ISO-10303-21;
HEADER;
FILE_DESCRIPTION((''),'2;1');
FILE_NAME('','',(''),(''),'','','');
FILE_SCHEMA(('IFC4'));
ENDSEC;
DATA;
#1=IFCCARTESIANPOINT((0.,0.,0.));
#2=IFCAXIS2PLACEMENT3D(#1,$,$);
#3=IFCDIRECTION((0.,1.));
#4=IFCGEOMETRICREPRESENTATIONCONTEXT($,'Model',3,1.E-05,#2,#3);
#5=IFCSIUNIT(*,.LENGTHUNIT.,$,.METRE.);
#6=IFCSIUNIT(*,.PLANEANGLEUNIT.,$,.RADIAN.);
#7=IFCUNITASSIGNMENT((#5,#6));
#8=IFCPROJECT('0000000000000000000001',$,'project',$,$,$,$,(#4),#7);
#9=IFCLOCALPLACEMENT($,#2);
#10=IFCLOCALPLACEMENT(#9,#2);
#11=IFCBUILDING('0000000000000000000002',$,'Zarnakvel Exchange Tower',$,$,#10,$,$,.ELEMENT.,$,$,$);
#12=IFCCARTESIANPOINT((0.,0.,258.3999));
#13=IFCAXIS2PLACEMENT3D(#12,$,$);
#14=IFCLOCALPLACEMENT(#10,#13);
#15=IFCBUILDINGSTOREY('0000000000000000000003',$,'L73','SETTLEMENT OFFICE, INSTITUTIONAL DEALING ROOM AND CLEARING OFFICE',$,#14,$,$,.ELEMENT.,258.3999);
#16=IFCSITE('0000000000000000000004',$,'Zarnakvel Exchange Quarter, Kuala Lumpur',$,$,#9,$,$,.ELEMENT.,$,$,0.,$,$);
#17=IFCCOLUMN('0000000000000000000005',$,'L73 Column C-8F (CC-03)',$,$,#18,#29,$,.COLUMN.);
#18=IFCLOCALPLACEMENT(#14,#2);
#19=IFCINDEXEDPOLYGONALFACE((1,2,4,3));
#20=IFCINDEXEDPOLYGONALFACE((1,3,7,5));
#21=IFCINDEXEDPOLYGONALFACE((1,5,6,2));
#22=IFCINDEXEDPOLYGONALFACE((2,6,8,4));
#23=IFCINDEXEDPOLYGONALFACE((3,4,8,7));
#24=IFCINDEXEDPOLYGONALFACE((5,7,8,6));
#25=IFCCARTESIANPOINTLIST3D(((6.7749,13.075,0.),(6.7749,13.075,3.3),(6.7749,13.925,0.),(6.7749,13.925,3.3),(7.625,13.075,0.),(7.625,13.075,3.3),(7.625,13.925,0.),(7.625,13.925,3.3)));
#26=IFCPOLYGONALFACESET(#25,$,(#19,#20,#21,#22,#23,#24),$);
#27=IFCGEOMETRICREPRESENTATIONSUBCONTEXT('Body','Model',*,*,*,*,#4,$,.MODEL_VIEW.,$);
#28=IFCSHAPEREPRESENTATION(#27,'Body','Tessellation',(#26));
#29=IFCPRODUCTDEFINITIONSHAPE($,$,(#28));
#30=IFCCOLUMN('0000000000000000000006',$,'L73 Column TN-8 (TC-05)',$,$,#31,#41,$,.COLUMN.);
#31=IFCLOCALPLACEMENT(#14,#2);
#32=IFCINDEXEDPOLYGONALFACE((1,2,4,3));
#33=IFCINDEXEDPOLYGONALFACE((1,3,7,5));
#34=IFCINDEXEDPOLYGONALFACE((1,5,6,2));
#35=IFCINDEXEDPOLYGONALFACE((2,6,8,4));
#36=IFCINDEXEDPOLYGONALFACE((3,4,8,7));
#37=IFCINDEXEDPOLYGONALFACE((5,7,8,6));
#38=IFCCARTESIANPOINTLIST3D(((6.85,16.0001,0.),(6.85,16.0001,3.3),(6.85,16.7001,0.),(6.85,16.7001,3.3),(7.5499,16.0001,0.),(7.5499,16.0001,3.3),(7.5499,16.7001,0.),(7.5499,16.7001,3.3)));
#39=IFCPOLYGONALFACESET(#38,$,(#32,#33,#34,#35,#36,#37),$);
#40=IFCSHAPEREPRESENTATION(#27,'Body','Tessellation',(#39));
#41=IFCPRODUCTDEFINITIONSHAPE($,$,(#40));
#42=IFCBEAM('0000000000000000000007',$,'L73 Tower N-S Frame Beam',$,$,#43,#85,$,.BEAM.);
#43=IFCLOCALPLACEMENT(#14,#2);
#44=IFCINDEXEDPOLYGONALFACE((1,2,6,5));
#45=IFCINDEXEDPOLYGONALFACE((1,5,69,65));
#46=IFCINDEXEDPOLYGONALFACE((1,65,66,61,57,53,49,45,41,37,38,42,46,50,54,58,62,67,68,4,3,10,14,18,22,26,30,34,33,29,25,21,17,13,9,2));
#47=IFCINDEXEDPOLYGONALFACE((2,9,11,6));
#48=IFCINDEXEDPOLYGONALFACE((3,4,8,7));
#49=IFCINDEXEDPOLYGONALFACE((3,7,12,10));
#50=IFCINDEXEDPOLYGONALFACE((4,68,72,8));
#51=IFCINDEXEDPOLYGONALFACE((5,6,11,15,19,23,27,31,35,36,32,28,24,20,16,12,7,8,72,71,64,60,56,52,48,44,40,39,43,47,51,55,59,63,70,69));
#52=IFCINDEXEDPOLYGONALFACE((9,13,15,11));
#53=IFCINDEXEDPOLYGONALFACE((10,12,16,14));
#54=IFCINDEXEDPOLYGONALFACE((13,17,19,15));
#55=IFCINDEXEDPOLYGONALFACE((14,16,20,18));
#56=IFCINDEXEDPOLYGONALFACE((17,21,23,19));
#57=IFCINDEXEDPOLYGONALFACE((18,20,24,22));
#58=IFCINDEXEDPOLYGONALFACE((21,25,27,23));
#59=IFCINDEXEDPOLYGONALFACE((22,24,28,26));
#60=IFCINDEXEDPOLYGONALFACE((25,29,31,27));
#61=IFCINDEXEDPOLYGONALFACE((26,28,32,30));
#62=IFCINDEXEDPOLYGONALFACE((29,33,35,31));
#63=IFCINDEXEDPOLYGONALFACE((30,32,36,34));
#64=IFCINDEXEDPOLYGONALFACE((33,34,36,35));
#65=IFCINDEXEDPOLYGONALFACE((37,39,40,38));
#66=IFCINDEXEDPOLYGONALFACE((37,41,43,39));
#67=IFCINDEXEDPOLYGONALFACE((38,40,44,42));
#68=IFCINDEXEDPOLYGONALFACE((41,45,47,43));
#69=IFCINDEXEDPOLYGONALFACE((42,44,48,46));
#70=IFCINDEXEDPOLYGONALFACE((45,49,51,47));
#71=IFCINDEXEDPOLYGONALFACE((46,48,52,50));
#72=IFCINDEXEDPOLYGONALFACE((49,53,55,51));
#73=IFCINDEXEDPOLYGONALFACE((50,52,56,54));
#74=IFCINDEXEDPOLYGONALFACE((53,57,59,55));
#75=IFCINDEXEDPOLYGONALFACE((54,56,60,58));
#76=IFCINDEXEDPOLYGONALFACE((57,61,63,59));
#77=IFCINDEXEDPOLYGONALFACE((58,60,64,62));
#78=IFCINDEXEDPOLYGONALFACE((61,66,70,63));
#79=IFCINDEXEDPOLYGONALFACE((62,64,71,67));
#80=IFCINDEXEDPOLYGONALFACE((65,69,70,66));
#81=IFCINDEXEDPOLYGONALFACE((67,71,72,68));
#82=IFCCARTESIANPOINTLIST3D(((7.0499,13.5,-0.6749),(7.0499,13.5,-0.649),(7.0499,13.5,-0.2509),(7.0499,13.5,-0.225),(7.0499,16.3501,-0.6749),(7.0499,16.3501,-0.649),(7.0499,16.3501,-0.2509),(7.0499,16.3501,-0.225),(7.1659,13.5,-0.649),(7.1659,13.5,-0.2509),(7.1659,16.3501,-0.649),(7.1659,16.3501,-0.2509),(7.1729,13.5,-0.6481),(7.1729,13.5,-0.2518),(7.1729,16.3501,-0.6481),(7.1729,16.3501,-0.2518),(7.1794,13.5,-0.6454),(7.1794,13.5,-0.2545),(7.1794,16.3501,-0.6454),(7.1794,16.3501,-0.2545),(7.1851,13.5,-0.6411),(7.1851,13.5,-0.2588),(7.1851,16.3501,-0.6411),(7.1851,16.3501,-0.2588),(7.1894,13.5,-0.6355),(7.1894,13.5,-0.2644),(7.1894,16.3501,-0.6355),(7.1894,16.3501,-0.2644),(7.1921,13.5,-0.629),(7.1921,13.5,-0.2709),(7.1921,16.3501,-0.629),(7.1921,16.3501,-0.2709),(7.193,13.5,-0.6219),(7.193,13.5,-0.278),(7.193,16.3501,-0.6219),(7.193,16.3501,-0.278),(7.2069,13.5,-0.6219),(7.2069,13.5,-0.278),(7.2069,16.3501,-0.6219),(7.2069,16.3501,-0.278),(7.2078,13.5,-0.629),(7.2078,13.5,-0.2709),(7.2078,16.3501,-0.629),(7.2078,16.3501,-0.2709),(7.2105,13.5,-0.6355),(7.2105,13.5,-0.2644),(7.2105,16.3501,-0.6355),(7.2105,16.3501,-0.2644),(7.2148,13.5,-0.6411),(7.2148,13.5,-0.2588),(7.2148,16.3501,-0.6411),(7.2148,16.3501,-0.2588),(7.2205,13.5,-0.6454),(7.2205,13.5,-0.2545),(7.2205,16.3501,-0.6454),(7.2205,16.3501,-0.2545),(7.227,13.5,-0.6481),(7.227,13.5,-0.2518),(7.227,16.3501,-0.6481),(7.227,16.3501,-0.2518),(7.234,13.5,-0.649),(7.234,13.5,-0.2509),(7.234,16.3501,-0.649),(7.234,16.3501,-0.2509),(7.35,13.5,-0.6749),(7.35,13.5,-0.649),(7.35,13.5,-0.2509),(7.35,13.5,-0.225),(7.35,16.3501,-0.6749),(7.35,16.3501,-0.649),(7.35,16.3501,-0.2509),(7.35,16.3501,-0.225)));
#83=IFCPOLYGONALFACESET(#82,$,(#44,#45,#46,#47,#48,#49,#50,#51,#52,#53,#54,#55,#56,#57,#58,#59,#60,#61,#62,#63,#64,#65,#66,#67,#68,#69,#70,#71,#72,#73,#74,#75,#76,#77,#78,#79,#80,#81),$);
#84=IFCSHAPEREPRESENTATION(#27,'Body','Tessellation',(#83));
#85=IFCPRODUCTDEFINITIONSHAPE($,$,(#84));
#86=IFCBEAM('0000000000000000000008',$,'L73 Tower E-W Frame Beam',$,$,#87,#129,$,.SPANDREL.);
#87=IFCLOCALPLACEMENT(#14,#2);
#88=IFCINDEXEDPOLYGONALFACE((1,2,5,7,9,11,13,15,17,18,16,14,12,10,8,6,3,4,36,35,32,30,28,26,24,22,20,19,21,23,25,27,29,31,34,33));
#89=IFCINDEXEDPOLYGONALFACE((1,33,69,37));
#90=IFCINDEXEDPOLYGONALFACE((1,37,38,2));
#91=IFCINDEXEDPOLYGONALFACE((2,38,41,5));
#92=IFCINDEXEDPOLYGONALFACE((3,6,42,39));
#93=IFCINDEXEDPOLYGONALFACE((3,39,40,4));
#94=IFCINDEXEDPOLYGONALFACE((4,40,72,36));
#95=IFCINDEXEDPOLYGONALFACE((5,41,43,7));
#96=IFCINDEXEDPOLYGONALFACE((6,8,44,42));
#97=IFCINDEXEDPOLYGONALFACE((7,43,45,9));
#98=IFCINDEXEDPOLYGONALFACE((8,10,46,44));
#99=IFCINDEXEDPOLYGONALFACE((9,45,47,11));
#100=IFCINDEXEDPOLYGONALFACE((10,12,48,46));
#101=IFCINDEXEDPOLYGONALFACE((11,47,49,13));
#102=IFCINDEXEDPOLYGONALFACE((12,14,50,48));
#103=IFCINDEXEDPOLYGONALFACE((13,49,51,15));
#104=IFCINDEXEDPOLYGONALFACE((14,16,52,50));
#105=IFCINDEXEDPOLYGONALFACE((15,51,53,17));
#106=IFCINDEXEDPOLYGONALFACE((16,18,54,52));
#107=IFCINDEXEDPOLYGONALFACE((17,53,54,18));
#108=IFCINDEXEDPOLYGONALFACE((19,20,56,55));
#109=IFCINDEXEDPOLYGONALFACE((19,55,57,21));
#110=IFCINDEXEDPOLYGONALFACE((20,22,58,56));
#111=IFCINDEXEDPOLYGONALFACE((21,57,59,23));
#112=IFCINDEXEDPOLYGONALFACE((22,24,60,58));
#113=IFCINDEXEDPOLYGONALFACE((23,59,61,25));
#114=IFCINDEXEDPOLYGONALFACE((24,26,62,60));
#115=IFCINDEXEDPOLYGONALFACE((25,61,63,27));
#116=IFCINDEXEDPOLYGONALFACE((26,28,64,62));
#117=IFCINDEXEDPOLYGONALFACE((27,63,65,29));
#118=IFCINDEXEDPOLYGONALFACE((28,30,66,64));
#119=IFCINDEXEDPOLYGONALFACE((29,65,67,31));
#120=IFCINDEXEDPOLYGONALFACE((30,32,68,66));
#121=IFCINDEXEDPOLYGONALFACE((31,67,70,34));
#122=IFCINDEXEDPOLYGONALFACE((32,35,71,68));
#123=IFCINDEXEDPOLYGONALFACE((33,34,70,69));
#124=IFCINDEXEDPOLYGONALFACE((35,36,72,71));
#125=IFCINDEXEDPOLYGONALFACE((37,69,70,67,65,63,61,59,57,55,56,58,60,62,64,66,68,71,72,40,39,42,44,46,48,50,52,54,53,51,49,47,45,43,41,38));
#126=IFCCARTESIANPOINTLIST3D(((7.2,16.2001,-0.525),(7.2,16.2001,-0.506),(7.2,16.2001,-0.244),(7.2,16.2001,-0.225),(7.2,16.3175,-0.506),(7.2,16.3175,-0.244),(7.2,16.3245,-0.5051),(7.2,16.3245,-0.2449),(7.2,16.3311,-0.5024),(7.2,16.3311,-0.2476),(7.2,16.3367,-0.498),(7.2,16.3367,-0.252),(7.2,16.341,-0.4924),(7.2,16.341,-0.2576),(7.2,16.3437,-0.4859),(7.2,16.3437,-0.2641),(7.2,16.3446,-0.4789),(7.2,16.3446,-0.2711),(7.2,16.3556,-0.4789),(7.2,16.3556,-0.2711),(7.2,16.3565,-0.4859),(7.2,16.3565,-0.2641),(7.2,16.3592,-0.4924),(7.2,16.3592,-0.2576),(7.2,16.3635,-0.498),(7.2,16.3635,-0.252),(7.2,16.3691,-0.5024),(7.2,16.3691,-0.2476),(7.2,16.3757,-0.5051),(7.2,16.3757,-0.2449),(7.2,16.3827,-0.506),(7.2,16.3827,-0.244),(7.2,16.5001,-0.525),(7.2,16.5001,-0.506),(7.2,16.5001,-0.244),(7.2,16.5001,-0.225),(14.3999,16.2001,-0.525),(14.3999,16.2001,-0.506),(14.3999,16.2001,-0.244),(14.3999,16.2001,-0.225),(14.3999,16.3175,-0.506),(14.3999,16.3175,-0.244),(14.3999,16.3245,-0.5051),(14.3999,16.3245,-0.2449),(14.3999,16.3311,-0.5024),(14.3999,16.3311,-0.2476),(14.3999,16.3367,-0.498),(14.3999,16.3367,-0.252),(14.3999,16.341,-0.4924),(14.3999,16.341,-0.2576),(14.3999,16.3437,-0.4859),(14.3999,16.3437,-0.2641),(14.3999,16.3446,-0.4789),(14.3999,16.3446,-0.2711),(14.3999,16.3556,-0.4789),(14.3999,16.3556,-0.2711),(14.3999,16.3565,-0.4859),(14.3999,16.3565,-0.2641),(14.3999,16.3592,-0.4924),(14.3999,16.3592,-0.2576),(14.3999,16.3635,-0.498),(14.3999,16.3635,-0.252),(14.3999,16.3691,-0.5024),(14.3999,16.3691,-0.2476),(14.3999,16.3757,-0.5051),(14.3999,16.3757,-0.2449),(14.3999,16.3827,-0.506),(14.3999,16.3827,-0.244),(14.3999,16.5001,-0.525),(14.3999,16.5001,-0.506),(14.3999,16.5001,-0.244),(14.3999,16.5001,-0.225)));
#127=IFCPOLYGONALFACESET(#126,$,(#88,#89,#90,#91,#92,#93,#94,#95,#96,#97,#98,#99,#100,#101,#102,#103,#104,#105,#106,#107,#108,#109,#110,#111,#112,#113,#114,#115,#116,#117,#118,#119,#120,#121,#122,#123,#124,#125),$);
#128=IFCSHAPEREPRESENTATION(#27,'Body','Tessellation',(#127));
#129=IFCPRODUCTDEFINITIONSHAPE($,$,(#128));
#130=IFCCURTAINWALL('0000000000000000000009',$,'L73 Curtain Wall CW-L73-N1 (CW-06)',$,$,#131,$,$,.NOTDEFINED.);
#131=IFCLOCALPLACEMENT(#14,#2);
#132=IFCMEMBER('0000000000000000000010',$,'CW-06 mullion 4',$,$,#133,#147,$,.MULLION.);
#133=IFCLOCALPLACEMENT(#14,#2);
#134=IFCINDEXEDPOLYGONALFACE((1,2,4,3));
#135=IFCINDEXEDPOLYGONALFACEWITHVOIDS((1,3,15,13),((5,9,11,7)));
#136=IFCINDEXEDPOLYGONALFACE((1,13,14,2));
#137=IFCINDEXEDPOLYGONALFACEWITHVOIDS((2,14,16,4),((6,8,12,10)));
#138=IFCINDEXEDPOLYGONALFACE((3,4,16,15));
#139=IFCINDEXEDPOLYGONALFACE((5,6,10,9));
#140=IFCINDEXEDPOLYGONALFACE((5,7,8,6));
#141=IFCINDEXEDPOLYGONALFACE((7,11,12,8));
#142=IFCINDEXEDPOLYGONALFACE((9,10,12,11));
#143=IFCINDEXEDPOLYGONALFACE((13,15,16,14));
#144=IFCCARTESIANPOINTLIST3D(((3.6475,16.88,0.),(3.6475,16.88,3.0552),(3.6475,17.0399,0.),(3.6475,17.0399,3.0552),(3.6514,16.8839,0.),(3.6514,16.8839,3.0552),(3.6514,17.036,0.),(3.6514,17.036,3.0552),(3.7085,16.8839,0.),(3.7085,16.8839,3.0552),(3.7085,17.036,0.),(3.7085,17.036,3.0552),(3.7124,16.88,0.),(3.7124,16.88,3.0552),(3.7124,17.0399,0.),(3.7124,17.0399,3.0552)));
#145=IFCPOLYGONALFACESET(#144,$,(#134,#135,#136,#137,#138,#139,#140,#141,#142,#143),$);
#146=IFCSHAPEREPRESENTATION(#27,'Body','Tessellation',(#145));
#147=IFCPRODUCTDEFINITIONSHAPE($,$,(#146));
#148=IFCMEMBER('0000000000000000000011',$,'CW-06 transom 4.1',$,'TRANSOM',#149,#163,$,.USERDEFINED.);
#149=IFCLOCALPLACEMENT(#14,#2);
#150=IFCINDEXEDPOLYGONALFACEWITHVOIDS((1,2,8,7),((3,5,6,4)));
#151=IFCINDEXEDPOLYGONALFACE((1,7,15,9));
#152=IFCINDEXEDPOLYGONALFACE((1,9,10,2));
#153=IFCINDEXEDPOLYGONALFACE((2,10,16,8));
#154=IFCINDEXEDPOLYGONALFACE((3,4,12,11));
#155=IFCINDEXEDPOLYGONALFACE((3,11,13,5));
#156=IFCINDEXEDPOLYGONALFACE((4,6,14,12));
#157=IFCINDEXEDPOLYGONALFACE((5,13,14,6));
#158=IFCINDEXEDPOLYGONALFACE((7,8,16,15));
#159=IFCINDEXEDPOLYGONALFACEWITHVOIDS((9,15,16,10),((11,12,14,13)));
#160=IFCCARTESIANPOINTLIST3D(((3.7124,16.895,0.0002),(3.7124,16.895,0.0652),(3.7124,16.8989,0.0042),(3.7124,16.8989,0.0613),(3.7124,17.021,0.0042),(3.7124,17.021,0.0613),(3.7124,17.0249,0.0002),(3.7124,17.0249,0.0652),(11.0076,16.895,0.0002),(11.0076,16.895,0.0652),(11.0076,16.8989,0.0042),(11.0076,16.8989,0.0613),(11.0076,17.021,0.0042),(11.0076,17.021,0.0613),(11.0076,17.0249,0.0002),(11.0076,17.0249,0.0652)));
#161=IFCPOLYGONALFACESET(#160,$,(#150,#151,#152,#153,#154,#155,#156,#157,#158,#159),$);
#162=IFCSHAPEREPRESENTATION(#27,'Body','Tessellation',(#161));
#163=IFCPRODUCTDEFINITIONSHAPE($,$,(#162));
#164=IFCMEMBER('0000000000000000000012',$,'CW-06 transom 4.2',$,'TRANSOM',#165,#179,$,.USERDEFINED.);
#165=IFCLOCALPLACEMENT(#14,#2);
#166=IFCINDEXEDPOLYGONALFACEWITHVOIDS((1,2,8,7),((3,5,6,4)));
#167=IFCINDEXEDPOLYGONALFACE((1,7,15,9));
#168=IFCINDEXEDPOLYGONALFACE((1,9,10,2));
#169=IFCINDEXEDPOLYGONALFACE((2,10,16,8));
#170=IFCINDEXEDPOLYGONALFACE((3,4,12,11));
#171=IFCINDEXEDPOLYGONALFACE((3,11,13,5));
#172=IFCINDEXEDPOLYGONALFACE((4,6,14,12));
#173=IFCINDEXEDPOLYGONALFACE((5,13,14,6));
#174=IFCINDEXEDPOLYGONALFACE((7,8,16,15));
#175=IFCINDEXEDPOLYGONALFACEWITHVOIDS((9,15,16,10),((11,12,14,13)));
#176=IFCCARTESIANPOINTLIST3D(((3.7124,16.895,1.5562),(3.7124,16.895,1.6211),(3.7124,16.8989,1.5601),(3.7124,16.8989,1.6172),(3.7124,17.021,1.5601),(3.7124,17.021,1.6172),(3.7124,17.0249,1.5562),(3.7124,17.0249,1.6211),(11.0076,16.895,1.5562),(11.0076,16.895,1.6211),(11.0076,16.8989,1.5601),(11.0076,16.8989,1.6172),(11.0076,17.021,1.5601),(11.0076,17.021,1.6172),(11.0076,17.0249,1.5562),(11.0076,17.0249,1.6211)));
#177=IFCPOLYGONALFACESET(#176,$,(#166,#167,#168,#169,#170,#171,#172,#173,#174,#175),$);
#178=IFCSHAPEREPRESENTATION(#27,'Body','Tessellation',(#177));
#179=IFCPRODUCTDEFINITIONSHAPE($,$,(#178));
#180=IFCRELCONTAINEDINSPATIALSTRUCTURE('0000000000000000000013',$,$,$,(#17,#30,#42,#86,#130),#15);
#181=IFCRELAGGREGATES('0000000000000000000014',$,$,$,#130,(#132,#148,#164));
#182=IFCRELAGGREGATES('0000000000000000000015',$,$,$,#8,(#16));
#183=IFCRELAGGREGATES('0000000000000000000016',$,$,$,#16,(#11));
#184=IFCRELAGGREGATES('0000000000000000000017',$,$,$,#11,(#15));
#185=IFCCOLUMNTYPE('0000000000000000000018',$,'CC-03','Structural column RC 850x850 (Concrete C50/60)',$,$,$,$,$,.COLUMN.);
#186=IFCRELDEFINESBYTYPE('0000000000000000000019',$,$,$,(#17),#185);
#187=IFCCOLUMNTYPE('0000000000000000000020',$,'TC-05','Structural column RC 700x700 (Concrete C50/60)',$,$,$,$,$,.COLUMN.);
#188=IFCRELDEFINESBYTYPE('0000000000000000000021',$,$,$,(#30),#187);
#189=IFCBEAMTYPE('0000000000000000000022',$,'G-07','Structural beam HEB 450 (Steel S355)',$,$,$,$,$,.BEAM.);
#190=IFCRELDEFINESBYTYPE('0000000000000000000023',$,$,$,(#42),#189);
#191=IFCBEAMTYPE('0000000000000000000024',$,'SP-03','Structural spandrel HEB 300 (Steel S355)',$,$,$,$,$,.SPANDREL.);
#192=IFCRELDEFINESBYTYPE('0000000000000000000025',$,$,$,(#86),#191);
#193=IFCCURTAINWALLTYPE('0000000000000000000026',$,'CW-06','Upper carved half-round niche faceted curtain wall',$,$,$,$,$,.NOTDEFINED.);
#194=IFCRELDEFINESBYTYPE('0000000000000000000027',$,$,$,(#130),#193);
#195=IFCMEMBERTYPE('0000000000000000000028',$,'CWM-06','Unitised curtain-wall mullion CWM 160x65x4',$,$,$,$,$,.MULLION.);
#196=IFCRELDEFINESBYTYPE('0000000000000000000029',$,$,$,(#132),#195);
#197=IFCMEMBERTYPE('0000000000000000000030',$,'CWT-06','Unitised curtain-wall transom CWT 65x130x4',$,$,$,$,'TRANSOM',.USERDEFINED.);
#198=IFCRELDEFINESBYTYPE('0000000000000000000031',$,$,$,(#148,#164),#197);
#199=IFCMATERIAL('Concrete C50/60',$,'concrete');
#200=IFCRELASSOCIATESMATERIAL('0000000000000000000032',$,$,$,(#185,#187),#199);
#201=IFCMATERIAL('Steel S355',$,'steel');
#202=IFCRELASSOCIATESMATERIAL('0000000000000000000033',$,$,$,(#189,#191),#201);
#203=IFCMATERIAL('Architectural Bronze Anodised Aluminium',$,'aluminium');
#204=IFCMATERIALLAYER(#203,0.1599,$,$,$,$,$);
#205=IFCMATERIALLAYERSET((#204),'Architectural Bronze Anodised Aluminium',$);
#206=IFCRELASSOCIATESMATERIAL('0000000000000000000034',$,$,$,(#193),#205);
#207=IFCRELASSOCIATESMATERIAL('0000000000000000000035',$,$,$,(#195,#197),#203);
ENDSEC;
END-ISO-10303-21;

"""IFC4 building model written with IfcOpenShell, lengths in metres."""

from ifc_helpers import new_model, si_unit, direction, frame, origin, origin_2d, place, context, subcontext, project, spatial, rectangle, hollow_rectangle, i_section, extrude, source, transform, mapped, material, layer, layer_set, material_profile, profile_set, type_object, element, aggregate, save


model = new_model("IFC4")

# Units and contexts
model_context = context("Model", 3, precision=1e-05, world=origin(), true_north=direction((0.0, 1.0)))
body_context = subcontext(model_context, "Body", "Model", "MODEL_VIEW")
ifc_project = project(units=[si_unit("LENGTHUNIT", "METRE"), si_unit("PLANEANGLEUNIT", "RADIAN")], contexts=[model_context])

# Site, building, storey
site_placement = place(None, origin())
site = spatial("IfcSite", under=ifc_project, at=site_placement, Name="Zarnakvel Exchange Quarter, Kuala Lumpur", CompositionType="ELEMENT", RefElevation=0.0)
building_placement = place(site_placement, origin())
building = spatial("IfcBuilding", under=site, at=building_placement, Name="Zarnakvel Exchange Tower", CompositionType="ELEMENT")
storey_placement = place(building_placement, frame((0.0, 0.0, 258.3999)))
storey = spatial("IfcBuildingStorey", under=building, at=storey_placement, Name="L73", Description="SETTLEMENT OFFICE, INSTITUTIONAL DEALING ROOM AND CLEARING OFFICE", CompositionType="ELEMENT", Elevation=258.3999)

# Columns
ifc_material_1 = material(Name="Concrete C50/60", Category="concrete")
ifc_material_profile_1 = material_profile(ifc_material_1, rectangle(XDim=0.8501, YDim=0.8501, at=origin_2d()))
ifc_profile_set_1 = profile_set([ifc_material_profile_1], Name="Concrete C50/60")
column_type_1 = type_object("IfcColumnType", Name="CC-03", Description="Structural column RC 850x850 (Concrete C50/60)", PredefinedType="COLUMN", material=ifc_profile_set_1)
column_1_placement = place(storey_placement, frame((7.2, 13.5, 0.0), z_axis=(0.0, 0.0, 1.0), x_axis=(1.0, 0.0, 0.0)))
element("IfcColumn", 1, at=column_1_placement, inside=storey, type_object=column_type_1, Name="L73 Column C-8F (CC-03)", PredefinedType="COLUMN", context=body_context, shape_type="SweptSolid", body=[
    extrude(rectangle(XDim=0.8501, YDim=0.8501, at=origin_2d()), origin(), (0.0, 0.0, 1.0), 3.3),
])
ifc_material_profile_2 = material_profile(ifc_material_1, rectangle(XDim=0.7, YDim=0.7, at=origin_2d()))
ifc_profile_set_2 = profile_set([ifc_material_profile_2], Name="Concrete C50/60")
column_type_2 = type_object("IfcColumnType", Name="TC-05", Description="Structural column RC 700x700 (Concrete C50/60)", PredefinedType="COLUMN", material=ifc_profile_set_2)
column_2_placement = place(storey_placement, frame((7.2, 16.3501, 0.0), z_axis=(0.0, 0.0, 1.0), x_axis=(1.0, 0.0, 0.0)))
element("IfcColumn", 2, at=column_2_placement, inside=storey, type_object=column_type_2, Name="L73 Column TN-8 (TC-05)", PredefinedType="COLUMN", context=body_context, shape_type="SweptSolid", body=[
    extrude(rectangle(XDim=0.7, YDim=0.7, at=origin_2d()), origin(), (0.0, 0.0, 1.0), 3.3),
])

# Beams
ifc_material_2 = material(Name="Steel S355", Category="steel")
ifc_material_profile_3 = material_profile(ifc_material_2, i_section(OverallWidth=0.3, OverallDepth=0.45, WebThickness=0.0139, FlangeThickness=0.0259, FilletRadius=0.0271, at=origin_2d()))
ifc_profile_set_3 = profile_set([ifc_material_profile_3], Name="Steel S355")
beam_type_1 = type_object("IfcBeamType", Name="G-07", Description="Structural beam HEB 450 (Steel S355)", PredefinedType="BEAM", material=ifc_profile_set_3)
beam_1_placement = place(storey_placement, frame((7.2, 13.5, -0.45), z_axis=(0.0, 1.0, 0.0), x_axis=(-1.0, 0.0, 0.0)))
element("IfcBeam", 3, at=beam_1_placement, inside=storey, type_object=beam_type_1, Name="L73 Tower N-S Frame Beam", PredefinedType="BEAM", context=body_context, shape_type="SweptSolid", body=[
    extrude(i_section(OverallWidth=0.3, OverallDepth=0.45, WebThickness=0.0139, FlangeThickness=0.0259, FilletRadius=0.0271, at=origin_2d()), origin(), (0.0, 0.0, 1.0), 2.8501),
])
ifc_material_profile_4 = material_profile(ifc_material_2, i_section(OverallWidth=0.3, OverallDepth=0.3, WebThickness=0.011, FlangeThickness=0.019, FilletRadius=0.0271, at=origin_2d()))
ifc_profile_set_4 = profile_set([ifc_material_profile_4], Name="Steel S355")
beam_type_2 = type_object("IfcBeamType", Name="SP-03", Description="Structural spandrel HEB 300 (Steel S355)", PredefinedType="SPANDREL", material=ifc_profile_set_4)
beam_2_placement = place(storey_placement, frame((7.2, 16.3501, -0.375), z_axis=(1.0, 0.0, 0.0), x_axis=(0.0, 1.0, 0.0)))
element("IfcBeam", 4, at=beam_2_placement, inside=storey, type_object=beam_type_2, Name="L73 Tower E-W Frame Beam", PredefinedType="SPANDREL", context=body_context, shape_type="SweptSolid", body=[
    extrude(i_section(OverallWidth=0.3, OverallDepth=0.3, WebThickness=0.011, FlangeThickness=0.019, FilletRadius=0.0271, at=origin_2d()), origin(), (0.0, 0.0, 1.0), 7.2),
])

# Curtain wall, members
ifc_material_3 = material(Name="Architectural Bronze Anodised Aluminium", Category="aluminium")
ifc_layer_1 = layer(ifc_material_3, 0.1599)
ifc_layer_set_1 = layer_set([ifc_layer_1], Name="Architectural Bronze Anodised Aluminium")
curtain_wall_type = type_object("IfcCurtainWallType", Name="CW-06", Description="Upper carved half-round niche faceted curtain wall", PredefinedType="NOTDEFINED", material=ifc_layer_set_1)
curtain_wall_placement = place(storey_placement, origin())
curtain_wall = element("IfcCurtainWall", 5, at=curtain_wall_placement, inside=storey, type_object=curtain_wall_type, Name="L73 Curtain Wall CW-L73-N1 (CW-06)", PredefinedType="NOTDEFINED")
ifc_material_profile_5 = material_profile(ifc_material_3, hollow_rectangle(XDim=0.1599, YDim=0.0649, WallThickness=0.0039, at=origin_2d()))
ifc_profile_set_5 = profile_set([ifc_material_profile_5], Name="Architectural Bronze Anodised Aluminium")
member_type_1 = type_object("IfcMemberType", Name="CWM-06", Description="Unitised curtain-wall mullion CWM 160x65x4", PredefinedType="MULLION", material=ifc_profile_set_5)
shared_shape_1 = source(origin(), body_context, "Body", "SweptSolid", [
    extrude(hollow_rectangle(XDim=0.1599, YDim=0.0649, WallThickness=0.0039, at=origin_2d()), origin(), (0.0, 0.0, 1.0), 3.0552),
])
member_1_placement = place(storey_placement, frame((3.6799, 16.96, 0.0), z_axis=(0.0, 0.0, 1.0), x_axis=(0.0, 1.0, 0.0)))
member_1 = element("IfcMember", 6, at=member_1_placement, type_object=member_type_1, Name="CW-06 mullion 4", PredefinedType="MULLION", context=body_context, shape_type="MappedRepresentation", body=[
    mapped(shared_shape_1, transform((0.0, 0.0, 0.0), x_axis=(1.0, 0.0, 0.0), y_axis=(0.0, 1.0, 0.0), z_axis=(0.0, 0.0, 1.0), scale=1.0)),
])
ifc_material_profile_6 = material_profile(ifc_material_3, hollow_rectangle(XDim=0.1299, YDim=0.0649, WallThickness=0.0039, at=origin_2d()))
ifc_profile_set_6 = profile_set([ifc_material_profile_6], Name="Architectural Bronze Anodised Aluminium")
member_type_2 = type_object("IfcMemberType", Name="CWT-06", Description="Unitised curtain-wall transom CWT 65x130x4", ElementType="TRANSOM", PredefinedType="USERDEFINED", material=ifc_profile_set_6)
shared_shape_2 = source(origin(), body_context, "Body", "SweptSolid", [
    extrude(hollow_rectangle(XDim=0.1299, YDim=0.0649, WallThickness=0.0039, at=origin_2d()), origin(), (0.0, 0.0, 1.0), 7.2952),
])
member_2_placement = place(storey_placement, frame((3.7124, 16.96, 0.0327), z_axis=(1.0, 0.0, 0.0), x_axis=(0.0, 1.0, 0.0)))
member_2 = element("IfcMember", 7, at=member_2_placement, type_object=member_type_2, Name="CW-06 transom 4.1", ObjectType="TRANSOM", PredefinedType="USERDEFINED", context=body_context, shape_type="MappedRepresentation", body=[
    mapped(shared_shape_2, transform((0.0, 0.0, 0.0), x_axis=(1.0, 0.0, 0.0), y_axis=(0.0, 1.0, 0.0), z_axis=(0.0, 0.0, 1.0), scale=1.0)),
])
member_3_placement = place(storey_placement, frame((3.7124, 16.96, 1.5886), z_axis=(1.0, 0.0, 0.0), x_axis=(0.0, 1.0, 0.0)))
member_3 = element("IfcMember", 8, at=member_3_placement, type_object=member_type_2, Name="CW-06 transom 4.2", ObjectType="TRANSOM", PredefinedType="USERDEFINED", context=body_context, shape_type="MappedRepresentation", body=[
    mapped(shared_shape_2, transform((0.0, 0.0, 0.0), x_axis=(1.0, 0.0, 0.0), y_axis=(0.0, 1.0, 0.0), z_axis=(0.0, 0.0, 1.0), scale=1.0)),
])
aggregate(curtain_wall, [member_1, member_2, member_3])

save(model, "model.ifc")
